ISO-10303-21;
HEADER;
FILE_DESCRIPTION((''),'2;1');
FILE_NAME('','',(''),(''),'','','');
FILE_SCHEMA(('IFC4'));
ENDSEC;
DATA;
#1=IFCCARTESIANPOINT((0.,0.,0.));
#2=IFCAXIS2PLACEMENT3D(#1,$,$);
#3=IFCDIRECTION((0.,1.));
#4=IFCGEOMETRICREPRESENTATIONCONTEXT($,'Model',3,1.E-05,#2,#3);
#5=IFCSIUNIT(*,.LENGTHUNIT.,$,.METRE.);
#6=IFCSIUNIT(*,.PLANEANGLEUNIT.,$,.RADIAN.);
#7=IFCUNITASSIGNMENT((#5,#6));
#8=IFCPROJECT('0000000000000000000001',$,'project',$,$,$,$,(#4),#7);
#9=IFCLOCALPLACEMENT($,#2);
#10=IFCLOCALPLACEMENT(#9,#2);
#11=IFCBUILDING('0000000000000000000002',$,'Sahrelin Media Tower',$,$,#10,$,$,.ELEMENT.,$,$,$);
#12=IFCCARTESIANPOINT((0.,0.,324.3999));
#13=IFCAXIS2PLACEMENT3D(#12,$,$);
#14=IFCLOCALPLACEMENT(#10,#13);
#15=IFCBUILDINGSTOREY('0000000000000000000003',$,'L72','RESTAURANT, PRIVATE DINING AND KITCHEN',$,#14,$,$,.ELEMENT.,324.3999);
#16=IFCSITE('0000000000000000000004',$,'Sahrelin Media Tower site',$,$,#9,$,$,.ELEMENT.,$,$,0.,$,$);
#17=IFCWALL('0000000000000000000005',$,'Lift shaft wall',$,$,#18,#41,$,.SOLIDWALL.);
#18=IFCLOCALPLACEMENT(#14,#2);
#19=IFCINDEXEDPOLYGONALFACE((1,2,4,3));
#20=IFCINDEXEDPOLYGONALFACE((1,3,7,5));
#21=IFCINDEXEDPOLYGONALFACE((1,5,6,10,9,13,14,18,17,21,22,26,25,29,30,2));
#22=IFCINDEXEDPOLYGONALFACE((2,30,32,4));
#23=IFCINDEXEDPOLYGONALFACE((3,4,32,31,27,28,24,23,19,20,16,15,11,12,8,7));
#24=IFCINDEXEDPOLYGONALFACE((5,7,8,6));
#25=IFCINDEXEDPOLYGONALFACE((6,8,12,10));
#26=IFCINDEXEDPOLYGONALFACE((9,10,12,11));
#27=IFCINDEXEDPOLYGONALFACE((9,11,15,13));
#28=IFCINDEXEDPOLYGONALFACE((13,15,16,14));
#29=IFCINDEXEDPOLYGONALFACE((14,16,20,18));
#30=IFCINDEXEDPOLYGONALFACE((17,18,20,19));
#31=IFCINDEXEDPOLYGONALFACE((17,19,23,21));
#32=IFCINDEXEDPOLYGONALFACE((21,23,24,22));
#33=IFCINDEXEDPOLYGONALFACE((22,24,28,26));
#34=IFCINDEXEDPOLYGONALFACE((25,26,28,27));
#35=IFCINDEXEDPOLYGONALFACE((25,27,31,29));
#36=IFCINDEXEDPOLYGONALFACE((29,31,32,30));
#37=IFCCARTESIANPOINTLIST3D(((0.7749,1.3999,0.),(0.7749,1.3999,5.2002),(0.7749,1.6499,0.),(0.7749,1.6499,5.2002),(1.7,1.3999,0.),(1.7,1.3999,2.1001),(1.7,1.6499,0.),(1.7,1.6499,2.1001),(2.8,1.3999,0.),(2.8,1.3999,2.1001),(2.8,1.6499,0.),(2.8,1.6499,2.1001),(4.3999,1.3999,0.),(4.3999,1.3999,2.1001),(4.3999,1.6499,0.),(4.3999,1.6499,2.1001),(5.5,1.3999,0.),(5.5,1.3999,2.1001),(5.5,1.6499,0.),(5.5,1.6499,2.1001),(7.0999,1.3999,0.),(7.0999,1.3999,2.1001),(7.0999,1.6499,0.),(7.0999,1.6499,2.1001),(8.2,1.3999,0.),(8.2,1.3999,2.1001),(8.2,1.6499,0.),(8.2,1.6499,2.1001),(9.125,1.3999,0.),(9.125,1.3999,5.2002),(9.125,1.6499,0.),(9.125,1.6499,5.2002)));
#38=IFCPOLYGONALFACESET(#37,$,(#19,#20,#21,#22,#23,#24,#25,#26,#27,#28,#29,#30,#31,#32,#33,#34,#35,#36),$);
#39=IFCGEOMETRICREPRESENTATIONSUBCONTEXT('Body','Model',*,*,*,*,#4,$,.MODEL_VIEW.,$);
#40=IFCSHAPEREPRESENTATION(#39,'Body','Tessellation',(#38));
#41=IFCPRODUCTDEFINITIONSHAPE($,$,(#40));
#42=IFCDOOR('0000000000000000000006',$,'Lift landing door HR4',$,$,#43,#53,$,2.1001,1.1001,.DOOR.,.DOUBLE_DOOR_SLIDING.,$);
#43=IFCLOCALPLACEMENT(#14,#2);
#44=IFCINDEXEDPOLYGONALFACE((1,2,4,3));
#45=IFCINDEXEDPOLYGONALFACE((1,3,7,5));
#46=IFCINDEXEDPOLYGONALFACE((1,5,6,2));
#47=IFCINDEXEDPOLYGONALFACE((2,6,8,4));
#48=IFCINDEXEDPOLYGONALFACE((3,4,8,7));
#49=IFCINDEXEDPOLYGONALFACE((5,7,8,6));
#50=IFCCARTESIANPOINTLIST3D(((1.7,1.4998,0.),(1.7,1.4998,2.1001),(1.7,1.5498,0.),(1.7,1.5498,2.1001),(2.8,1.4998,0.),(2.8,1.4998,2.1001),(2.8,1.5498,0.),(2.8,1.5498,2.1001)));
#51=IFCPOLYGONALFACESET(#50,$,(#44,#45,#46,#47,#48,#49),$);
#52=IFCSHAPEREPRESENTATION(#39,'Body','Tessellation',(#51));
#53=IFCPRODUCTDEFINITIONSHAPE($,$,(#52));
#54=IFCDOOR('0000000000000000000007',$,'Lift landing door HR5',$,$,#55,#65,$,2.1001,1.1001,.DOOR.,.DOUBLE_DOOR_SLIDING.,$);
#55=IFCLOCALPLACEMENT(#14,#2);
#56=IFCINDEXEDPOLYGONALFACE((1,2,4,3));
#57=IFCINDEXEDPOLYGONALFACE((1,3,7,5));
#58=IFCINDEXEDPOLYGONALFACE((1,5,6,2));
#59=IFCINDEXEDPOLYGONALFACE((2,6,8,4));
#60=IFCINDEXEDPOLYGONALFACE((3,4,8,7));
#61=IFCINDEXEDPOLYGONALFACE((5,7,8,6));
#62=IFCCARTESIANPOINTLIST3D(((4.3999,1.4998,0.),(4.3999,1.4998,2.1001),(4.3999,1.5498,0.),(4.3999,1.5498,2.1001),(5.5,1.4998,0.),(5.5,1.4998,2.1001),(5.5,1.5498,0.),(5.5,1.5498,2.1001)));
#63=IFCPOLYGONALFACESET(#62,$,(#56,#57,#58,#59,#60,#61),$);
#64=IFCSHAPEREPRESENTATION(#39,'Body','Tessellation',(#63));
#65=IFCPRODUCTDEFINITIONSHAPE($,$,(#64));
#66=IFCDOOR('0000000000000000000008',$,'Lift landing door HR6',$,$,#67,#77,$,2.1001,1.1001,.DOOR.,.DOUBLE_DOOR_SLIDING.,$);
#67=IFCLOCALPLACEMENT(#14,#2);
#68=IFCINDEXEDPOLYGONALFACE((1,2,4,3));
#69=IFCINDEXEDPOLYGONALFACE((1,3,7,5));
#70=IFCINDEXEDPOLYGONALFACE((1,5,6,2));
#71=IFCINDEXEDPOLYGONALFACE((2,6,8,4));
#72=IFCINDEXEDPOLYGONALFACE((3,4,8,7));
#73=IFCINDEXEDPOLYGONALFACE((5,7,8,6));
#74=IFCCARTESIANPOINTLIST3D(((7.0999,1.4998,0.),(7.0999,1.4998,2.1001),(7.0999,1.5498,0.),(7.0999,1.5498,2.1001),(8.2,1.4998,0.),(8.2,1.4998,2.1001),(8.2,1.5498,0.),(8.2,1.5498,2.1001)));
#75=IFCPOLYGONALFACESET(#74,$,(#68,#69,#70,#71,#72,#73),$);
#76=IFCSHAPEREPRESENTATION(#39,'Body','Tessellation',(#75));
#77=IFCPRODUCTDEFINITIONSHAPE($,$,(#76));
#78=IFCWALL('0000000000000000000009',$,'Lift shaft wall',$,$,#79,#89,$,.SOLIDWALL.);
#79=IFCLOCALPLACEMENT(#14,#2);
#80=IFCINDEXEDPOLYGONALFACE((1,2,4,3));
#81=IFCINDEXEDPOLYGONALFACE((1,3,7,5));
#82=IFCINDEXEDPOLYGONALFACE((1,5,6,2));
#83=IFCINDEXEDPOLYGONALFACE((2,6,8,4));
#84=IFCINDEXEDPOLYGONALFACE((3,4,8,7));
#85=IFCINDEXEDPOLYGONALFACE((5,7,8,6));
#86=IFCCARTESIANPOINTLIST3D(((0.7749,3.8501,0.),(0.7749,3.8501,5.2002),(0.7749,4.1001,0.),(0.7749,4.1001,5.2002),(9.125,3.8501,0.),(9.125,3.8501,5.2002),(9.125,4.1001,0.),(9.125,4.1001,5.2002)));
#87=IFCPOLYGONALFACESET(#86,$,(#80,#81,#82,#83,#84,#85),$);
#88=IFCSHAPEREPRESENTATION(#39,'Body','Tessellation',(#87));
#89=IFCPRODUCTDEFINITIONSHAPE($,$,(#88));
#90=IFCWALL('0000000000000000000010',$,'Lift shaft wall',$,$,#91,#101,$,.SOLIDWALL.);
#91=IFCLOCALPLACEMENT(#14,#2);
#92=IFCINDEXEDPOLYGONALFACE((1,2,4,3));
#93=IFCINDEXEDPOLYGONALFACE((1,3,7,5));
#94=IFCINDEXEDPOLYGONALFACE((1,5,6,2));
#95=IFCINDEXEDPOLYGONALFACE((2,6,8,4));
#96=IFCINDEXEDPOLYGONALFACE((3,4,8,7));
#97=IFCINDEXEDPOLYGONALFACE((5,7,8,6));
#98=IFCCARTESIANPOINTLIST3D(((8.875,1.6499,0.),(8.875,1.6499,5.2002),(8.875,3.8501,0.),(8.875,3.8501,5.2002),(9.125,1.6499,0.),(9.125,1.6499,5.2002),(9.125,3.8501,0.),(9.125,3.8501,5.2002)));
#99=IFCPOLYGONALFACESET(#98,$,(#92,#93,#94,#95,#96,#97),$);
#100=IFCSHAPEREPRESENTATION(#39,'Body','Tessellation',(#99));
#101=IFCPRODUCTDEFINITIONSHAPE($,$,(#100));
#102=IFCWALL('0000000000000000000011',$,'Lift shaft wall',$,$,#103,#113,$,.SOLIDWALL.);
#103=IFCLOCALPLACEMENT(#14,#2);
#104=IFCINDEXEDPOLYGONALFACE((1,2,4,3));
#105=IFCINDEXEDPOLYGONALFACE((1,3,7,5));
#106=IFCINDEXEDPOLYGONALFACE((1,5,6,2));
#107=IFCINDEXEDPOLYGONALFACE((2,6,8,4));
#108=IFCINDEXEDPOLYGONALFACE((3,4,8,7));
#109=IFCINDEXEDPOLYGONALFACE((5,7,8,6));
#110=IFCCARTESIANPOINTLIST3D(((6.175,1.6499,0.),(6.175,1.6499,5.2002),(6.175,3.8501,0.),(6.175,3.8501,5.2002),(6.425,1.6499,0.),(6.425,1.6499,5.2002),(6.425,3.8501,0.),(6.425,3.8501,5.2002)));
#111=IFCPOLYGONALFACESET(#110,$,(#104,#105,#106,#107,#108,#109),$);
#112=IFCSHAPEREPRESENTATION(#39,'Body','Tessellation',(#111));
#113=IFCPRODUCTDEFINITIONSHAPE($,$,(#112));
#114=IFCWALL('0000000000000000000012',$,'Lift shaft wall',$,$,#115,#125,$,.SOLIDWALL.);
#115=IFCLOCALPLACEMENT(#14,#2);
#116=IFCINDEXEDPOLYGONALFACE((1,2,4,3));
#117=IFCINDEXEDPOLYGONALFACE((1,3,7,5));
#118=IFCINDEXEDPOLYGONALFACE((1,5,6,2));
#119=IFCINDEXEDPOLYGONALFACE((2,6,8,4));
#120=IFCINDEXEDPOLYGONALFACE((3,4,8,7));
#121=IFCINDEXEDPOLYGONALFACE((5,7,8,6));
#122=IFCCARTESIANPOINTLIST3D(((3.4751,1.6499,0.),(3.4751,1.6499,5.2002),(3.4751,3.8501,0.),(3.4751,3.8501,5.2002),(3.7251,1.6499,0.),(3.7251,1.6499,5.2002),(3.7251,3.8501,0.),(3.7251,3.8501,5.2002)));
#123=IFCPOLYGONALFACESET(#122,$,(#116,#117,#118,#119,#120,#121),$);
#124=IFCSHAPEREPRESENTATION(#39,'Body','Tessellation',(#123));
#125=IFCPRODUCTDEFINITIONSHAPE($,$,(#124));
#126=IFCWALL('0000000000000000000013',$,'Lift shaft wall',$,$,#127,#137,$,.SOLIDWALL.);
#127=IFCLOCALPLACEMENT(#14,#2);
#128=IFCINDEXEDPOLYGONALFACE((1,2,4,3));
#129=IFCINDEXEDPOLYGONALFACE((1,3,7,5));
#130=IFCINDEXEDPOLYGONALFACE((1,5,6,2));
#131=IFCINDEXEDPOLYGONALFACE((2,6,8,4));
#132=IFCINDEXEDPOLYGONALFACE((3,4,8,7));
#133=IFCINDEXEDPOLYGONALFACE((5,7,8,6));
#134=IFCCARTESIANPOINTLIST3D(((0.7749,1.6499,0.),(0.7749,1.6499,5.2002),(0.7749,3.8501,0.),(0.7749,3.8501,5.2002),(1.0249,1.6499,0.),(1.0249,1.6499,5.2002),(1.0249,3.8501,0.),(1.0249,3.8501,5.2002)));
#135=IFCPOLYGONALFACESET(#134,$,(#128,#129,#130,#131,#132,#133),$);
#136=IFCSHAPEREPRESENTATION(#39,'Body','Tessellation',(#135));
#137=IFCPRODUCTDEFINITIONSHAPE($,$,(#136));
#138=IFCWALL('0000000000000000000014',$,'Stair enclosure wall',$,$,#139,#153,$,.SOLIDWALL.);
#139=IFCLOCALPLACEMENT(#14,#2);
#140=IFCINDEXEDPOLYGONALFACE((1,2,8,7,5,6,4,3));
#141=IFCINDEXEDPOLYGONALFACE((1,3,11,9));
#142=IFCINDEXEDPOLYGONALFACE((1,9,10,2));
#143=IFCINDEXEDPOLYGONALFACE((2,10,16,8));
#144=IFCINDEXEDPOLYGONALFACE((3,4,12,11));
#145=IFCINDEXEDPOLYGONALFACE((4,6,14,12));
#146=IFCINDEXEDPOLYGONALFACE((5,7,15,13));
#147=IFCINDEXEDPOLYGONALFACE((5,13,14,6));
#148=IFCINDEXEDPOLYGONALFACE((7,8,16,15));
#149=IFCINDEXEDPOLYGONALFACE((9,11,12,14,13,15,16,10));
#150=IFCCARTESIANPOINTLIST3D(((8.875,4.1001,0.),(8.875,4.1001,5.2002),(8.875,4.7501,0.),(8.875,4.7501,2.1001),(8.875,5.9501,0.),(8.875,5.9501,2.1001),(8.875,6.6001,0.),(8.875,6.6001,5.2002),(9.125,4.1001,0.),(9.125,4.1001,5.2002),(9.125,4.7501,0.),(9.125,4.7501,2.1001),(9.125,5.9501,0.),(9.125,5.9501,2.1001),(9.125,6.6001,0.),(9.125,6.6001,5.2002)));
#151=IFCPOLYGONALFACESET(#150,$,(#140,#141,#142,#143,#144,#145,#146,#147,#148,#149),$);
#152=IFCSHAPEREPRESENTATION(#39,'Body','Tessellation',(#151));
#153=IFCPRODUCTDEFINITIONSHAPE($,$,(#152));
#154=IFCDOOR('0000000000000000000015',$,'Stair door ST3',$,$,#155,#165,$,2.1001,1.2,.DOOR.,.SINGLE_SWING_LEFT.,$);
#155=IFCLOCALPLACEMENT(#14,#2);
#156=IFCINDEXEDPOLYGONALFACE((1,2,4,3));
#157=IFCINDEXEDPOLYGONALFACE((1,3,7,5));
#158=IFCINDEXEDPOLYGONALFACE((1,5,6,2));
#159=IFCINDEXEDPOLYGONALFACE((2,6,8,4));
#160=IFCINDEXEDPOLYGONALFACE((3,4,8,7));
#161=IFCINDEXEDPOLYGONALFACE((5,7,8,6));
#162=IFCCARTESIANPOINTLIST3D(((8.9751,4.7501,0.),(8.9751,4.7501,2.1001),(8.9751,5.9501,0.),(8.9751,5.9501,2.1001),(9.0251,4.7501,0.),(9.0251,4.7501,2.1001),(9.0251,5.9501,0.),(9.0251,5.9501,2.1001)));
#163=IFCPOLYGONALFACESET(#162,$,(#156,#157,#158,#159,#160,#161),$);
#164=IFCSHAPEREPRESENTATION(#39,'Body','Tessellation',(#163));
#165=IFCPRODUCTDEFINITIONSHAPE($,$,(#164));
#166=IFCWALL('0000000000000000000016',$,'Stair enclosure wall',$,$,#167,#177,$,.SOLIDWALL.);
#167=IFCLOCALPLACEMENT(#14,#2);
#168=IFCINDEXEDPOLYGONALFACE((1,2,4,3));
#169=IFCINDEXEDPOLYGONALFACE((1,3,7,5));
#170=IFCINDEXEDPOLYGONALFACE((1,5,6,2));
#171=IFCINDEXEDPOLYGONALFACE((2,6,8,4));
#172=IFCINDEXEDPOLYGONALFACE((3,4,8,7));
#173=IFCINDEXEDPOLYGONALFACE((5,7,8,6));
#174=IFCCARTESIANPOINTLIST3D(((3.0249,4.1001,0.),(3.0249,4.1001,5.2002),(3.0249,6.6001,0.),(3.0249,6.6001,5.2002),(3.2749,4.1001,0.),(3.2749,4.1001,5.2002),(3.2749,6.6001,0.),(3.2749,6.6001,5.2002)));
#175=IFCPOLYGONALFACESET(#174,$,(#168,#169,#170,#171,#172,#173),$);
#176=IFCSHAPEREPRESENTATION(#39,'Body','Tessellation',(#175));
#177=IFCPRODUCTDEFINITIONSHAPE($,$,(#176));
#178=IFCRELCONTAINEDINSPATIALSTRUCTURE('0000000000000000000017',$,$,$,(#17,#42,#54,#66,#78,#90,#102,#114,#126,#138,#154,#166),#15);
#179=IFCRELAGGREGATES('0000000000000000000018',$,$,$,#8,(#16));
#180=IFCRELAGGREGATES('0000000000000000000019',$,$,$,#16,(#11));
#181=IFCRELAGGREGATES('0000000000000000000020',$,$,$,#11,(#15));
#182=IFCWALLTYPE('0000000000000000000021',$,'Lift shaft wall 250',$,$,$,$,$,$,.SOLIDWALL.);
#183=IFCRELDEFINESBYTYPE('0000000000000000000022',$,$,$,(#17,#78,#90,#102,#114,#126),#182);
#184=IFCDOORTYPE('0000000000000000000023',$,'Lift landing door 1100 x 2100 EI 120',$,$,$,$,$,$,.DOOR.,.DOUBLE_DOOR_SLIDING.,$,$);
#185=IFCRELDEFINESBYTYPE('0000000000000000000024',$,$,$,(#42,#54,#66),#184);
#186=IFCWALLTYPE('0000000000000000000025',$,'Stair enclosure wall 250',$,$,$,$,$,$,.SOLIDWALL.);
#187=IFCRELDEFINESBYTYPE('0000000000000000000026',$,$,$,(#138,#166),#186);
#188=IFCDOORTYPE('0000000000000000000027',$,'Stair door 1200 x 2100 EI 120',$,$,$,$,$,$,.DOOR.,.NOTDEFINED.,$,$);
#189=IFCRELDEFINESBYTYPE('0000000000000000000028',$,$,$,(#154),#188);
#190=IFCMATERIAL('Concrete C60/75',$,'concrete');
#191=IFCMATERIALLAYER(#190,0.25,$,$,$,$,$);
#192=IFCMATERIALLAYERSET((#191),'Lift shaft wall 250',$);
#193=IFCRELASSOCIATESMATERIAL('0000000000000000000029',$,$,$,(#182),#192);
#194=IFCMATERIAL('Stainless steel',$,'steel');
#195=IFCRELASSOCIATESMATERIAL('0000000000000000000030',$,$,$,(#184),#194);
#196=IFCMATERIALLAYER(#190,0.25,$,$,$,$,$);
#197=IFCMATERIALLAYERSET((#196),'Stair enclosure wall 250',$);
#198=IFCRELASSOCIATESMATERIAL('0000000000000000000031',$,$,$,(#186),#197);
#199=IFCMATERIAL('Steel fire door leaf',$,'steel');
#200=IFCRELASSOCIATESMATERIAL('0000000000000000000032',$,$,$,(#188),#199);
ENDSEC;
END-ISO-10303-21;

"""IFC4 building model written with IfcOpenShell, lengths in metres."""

from ifc_helpers import new_model, si_unit, direction, frame, frame_2d, origin, place, context, subcontext, project, spatial, rectangle, extrude, material, layer, layer_set, type_object, element, fill, save


model = new_model("IFC4")

# Units and contexts
model_context = context("Model", 3, precision=1e-05, world=origin(), true_north=direction((0.0, 1.0)))
body_context = subcontext(model_context, "Body", "Model", "MODEL_VIEW")
ifc_project = project(units=[si_unit("LENGTHUNIT", "METRE"), si_unit("PLANEANGLEUNIT", "RADIAN")], contexts=[model_context])

# Site, building, storey
site_placement = place(None, origin())
site = spatial("IfcSite", under=ifc_project, at=site_placement, Name="Sahrelin Media Tower site", CompositionType="ELEMENT", RefElevation=0.0)
building_placement = place(site_placement, origin())
building = spatial("IfcBuilding", under=site, at=building_placement, Name="Sahrelin Media Tower", CompositionType="ELEMENT")
storey_placement = place(building_placement, frame((0.0, 0.0, 324.3999)))
storey = spatial("IfcBuildingStorey", under=building, at=storey_placement, Name="L72", Description="RESTAURANT, PRIVATE DINING AND KITCHEN", CompositionType="ELEMENT", Elevation=324.3999)

# Wall, openings, doors
ifc_material_1 = material(Name="Concrete C60/75", Category="concrete")
ifc_layer_1 = layer(ifc_material_1, 0.25)
ifc_layer_set_1 = layer_set([ifc_layer_1], Name="Lift shaft wall 250")
wall_type_1 = type_object("IfcWallType", Name="Lift shaft wall 250", PredefinedType="SOLIDWALL", material=ifc_layer_set_1)
wall_1_placement = place(storey_placement, frame((0.7749, 1.5249, 0.0), z_axis=(0.0, 0.0, 1.0), x_axis=(1.0, 0.0, 0.0)))
wall_1 = element("IfcWall", 1, at=wall_1_placement, inside=storey, type_object=wall_type_1, Name="Lift shaft wall", PredefinedType="SOLIDWALL", context=body_context, shape_type="SweptSolid", body=[
    extrude(rectangle(XDim=8.3501, YDim=0.25, at=frame_2d((4.175, 0.0))), origin(), (0.0, 0.0, 1.0), 5.2002),
])
opening_1_placement = place(wall_1_placement, frame((0.925, 0.0, 0.0)))
opening_1 = element("IfcOpeningElement", 2, at=opening_1_placement, cuts=wall_1, PredefinedType="OPENING", context=body_context, shape_type="SweptSolid", body=[
    extrude(rectangle(XDim=1.1001, YDim=2.1001, at=frame_2d((0.55, 1.05))), frame((0.0, 0.125, 0.0), z_axis=(0.0, -1.0, 0.0), x_axis=(1.0, 0.0, 0.0)), (0.0, 0.0, 1.0), 0.25),
])
opening_2_placement = place(wall_1_placement, frame((3.625, 0.0, 0.0)))
opening_2 = element("IfcOpeningElement", 3, at=opening_2_placement, cuts=wall_1, PredefinedType="OPENING", context=body_context, shape_type="SweptSolid", body=[
    extrude(rectangle(XDim=1.1001, YDim=2.1001, at=frame_2d((0.55, 1.05))), frame((0.0, 0.125, 0.0), z_axis=(0.0, -1.0, 0.0), x_axis=(1.0, 0.0, 0.0)), (0.0, 0.0, 1.0), 0.25),
])
opening_3_placement = place(wall_1_placement, frame((6.325, 0.0, 0.0)))
opening_3 = element("IfcOpeningElement", 4, at=opening_3_placement, cuts=wall_1, PredefinedType="OPENING", context=body_context, shape_type="SweptSolid", body=[
    extrude(rectangle(XDim=1.1001, YDim=2.1001, at=frame_2d((0.55, 1.05))), frame((0.0, 0.125, 0.0), z_axis=(0.0, -1.0, 0.0), x_axis=(1.0, 0.0, 0.0)), (0.0, 0.0, 1.0), 0.25),
])
ifc_material_2 = material(Name="Stainless steel", Category="steel")
door_type_1 = type_object("IfcDoorType", Name="Lift landing door 1100 x 2100 EI 120", OperationType="DOUBLE_DOOR_SLIDING", PredefinedType="DOOR", material=ifc_material_2)
door_1_placement = place(opening_1_placement, origin())
door_1 = element("IfcDoor", 5, at=door_1_placement, inside=storey, type_object=door_type_1, Name="Lift landing door HR4", OperationType="DOUBLE_DOOR_SLIDING", OverallHeight=2.1001, OverallWidth=1.1001, PredefinedType="DOOR", context=body_context, shape_type="SweptSolid", body=[
    extrude(rectangle(XDim=1.1001, YDim=2.1001, at=frame_2d((0.55, 1.05))), frame((0.0, 0.0249, 0.0), z_axis=(0.0, -1.0, 0.0), x_axis=(1.0, 0.0, 0.0)), (0.0, 0.0, 1.0), 0.05),
])
fill(opening_1, door_1)
door_2_placement = place(opening_2_placement, origin())
door_2 = element("IfcDoor", 6, at=door_2_placement, inside=storey, type_object=door_type_1, Name="Lift landing door HR5", OperationType="DOUBLE_DOOR_SLIDING", OverallHeight=2.1001, OverallWidth=1.1001, PredefinedType="DOOR", context=body_context, shape_type="SweptSolid", body=[
    extrude(rectangle(XDim=1.1001, YDim=2.1001, at=frame_2d((0.55, 1.05))), frame((0.0, 0.0249, 0.0), z_axis=(0.0, -1.0, 0.0), x_axis=(1.0, 0.0, 0.0)), (0.0, 0.0, 1.0), 0.05),
])
fill(opening_2, door_2)
door_3_placement = place(opening_3_placement, origin())
door_3 = element("IfcDoor", 7, at=door_3_placement, inside=storey, type_object=door_type_1, Name="Lift landing door HR6", OperationType="DOUBLE_DOOR_SLIDING", OverallHeight=2.1001, OverallWidth=1.1001, PredefinedType="DOOR", context=body_context, shape_type="SweptSolid", body=[
    extrude(rectangle(XDim=1.1001, YDim=2.1001, at=frame_2d((0.55, 1.05))), frame((0.0, 0.0249, 0.0), z_axis=(0.0, -1.0, 0.0), x_axis=(1.0, 0.0, 0.0)), (0.0, 0.0, 1.0), 0.05),
])
fill(opening_3, door_3)

# Walls
wall_2_placement = place(storey_placement, frame((0.7749, 3.9751, 0.0), z_axis=(0.0, 0.0, 1.0), x_axis=(1.0, 0.0, 0.0)))
element("IfcWall", 8, at=wall_2_placement, inside=storey, type_object=wall_type_1, Name="Lift shaft wall", PredefinedType="SOLIDWALL", context=body_context, shape_type="SweptSolid", body=[
    extrude(rectangle(XDim=8.3501, YDim=0.25, at=frame_2d((4.175, 0.0))), origin(), (0.0, 0.0, 1.0), 5.2002),
])
for number, where, z_axis, x_axis, name in (
    (9, (9.0, 1.6499, 0.0), (0.0, 0.0, 1.0), (0.0, 1.0, 0.0), "Lift shaft wall"),
    (10, (6.3, 1.6499, 0.0), (0.0, 0.0, 1.0), (0.0, 1.0, 0.0), "Lift shaft wall"),
    (11, (3.6001, 1.6499, 0.0), (0.0, 0.0, 1.0), (0.0, 1.0, 0.0), "Lift shaft wall"),
    (12, (0.8999, 1.6499, 0.0), (0.0, 0.0, 1.0), (0.0, 1.0, 0.0), "Lift shaft wall"),
):
    element("IfcWall", number, at=place(storey_placement, frame(where, z_axis=z_axis, x_axis=x_axis)), inside=storey, type_object=wall_type_1, Name=name, PredefinedType="SOLIDWALL", context=body_context, shape_type="SweptSolid", body=[
        extrude(rectangle(XDim=2.2002, YDim=0.25, at=frame_2d((1.1001, 0.0))), origin(), (0.0, 0.0, 1.0), 5.2002),
    ])

# Wall, opening, door
ifc_layer_2 = layer(ifc_material_1, 0.25)
ifc_layer_set_2 = layer_set([ifc_layer_2], Name="Stair enclosure wall 250")
wall_type_2 = type_object("IfcWallType", Name="Stair enclosure wall 250", PredefinedType="SOLIDWALL", material=ifc_layer_set_2)
wall_3_placement = place(storey_placement, frame((9.0, 4.1001, 0.0), z_axis=(0.0, 0.0, 1.0), x_axis=(0.0, 1.0, 0.0)))
wall_3 = element("IfcWall", 13, at=wall_3_placement, inside=storey, type_object=wall_type_2, Name="Stair enclosure wall", PredefinedType="SOLIDWALL", context=body_context, shape_type="SweptSolid", body=[
    extrude(rectangle(XDim=2.5, YDim=0.25, at=frame_2d((1.25, 0.0))), origin(), (0.0, 0.0, 1.0), 5.2002),
])
opening_4_placement = place(wall_3_placement, frame((0.6499, 0.0, 0.0)))
opening_4 = element("IfcOpeningElement", 14, at=opening_4_placement, cuts=wall_3, PredefinedType="OPENING", context=body_context, shape_type="SweptSolid", body=[
    extrude(rectangle(XDim=1.2, YDim=2.1001, at=frame_2d((0.6001, 1.05))), frame((0.0, 0.125, 0.0), z_axis=(0.0, -1.0, 0.0), x_axis=(1.0, 0.0, 0.0)), (0.0, 0.0, 1.0), 0.25),
])
ifc_material_3 = material(Name="Steel fire door leaf", Category="steel")
door_type_2 = type_object("IfcDoorType", Name="Stair door 1200 x 2100 EI 120", OperationType="NOTDEFINED", PredefinedType="DOOR", material=ifc_material_3)
door_4_placement = place(opening_4_placement, origin())
door_4 = element("IfcDoor", 15, at=door_4_placement, inside=storey, type_object=door_type_2, Name="Stair door ST3", OperationType="SINGLE_SWING_LEFT", OverallHeight=2.1001, OverallWidth=1.2, PredefinedType="DOOR", context=body_context, shape_type="SweptSolid", body=[
    extrude(rectangle(XDim=1.2, YDim=2.1001, at=frame_2d((0.6001, 1.05))), frame((0.0, 0.0249, 0.0), z_axis=(0.0, -1.0, 0.0), x_axis=(1.0, 0.0, 0.0)), (0.0, 0.0, 1.0), 0.05),
])
fill(opening_4, door_4)

# Wall
wall_4_placement = place(storey_placement, frame((3.1499, 4.1001, 0.0), z_axis=(0.0, 0.0, 1.0), x_axis=(0.0, 1.0, 0.0)))
element("IfcWall", 16, at=wall_4_placement, inside=storey, type_object=wall_type_2, Name="Stair enclosure wall", PredefinedType="SOLIDWALL", context=body_context, shape_type="SweptSolid", body=[
    extrude(rectangle(XDim=2.5, YDim=0.25, at=frame_2d((1.25, 0.0))), origin(), (0.0, 0.0, 1.0), 5.2002),
])

save(model, "model.ifc")
